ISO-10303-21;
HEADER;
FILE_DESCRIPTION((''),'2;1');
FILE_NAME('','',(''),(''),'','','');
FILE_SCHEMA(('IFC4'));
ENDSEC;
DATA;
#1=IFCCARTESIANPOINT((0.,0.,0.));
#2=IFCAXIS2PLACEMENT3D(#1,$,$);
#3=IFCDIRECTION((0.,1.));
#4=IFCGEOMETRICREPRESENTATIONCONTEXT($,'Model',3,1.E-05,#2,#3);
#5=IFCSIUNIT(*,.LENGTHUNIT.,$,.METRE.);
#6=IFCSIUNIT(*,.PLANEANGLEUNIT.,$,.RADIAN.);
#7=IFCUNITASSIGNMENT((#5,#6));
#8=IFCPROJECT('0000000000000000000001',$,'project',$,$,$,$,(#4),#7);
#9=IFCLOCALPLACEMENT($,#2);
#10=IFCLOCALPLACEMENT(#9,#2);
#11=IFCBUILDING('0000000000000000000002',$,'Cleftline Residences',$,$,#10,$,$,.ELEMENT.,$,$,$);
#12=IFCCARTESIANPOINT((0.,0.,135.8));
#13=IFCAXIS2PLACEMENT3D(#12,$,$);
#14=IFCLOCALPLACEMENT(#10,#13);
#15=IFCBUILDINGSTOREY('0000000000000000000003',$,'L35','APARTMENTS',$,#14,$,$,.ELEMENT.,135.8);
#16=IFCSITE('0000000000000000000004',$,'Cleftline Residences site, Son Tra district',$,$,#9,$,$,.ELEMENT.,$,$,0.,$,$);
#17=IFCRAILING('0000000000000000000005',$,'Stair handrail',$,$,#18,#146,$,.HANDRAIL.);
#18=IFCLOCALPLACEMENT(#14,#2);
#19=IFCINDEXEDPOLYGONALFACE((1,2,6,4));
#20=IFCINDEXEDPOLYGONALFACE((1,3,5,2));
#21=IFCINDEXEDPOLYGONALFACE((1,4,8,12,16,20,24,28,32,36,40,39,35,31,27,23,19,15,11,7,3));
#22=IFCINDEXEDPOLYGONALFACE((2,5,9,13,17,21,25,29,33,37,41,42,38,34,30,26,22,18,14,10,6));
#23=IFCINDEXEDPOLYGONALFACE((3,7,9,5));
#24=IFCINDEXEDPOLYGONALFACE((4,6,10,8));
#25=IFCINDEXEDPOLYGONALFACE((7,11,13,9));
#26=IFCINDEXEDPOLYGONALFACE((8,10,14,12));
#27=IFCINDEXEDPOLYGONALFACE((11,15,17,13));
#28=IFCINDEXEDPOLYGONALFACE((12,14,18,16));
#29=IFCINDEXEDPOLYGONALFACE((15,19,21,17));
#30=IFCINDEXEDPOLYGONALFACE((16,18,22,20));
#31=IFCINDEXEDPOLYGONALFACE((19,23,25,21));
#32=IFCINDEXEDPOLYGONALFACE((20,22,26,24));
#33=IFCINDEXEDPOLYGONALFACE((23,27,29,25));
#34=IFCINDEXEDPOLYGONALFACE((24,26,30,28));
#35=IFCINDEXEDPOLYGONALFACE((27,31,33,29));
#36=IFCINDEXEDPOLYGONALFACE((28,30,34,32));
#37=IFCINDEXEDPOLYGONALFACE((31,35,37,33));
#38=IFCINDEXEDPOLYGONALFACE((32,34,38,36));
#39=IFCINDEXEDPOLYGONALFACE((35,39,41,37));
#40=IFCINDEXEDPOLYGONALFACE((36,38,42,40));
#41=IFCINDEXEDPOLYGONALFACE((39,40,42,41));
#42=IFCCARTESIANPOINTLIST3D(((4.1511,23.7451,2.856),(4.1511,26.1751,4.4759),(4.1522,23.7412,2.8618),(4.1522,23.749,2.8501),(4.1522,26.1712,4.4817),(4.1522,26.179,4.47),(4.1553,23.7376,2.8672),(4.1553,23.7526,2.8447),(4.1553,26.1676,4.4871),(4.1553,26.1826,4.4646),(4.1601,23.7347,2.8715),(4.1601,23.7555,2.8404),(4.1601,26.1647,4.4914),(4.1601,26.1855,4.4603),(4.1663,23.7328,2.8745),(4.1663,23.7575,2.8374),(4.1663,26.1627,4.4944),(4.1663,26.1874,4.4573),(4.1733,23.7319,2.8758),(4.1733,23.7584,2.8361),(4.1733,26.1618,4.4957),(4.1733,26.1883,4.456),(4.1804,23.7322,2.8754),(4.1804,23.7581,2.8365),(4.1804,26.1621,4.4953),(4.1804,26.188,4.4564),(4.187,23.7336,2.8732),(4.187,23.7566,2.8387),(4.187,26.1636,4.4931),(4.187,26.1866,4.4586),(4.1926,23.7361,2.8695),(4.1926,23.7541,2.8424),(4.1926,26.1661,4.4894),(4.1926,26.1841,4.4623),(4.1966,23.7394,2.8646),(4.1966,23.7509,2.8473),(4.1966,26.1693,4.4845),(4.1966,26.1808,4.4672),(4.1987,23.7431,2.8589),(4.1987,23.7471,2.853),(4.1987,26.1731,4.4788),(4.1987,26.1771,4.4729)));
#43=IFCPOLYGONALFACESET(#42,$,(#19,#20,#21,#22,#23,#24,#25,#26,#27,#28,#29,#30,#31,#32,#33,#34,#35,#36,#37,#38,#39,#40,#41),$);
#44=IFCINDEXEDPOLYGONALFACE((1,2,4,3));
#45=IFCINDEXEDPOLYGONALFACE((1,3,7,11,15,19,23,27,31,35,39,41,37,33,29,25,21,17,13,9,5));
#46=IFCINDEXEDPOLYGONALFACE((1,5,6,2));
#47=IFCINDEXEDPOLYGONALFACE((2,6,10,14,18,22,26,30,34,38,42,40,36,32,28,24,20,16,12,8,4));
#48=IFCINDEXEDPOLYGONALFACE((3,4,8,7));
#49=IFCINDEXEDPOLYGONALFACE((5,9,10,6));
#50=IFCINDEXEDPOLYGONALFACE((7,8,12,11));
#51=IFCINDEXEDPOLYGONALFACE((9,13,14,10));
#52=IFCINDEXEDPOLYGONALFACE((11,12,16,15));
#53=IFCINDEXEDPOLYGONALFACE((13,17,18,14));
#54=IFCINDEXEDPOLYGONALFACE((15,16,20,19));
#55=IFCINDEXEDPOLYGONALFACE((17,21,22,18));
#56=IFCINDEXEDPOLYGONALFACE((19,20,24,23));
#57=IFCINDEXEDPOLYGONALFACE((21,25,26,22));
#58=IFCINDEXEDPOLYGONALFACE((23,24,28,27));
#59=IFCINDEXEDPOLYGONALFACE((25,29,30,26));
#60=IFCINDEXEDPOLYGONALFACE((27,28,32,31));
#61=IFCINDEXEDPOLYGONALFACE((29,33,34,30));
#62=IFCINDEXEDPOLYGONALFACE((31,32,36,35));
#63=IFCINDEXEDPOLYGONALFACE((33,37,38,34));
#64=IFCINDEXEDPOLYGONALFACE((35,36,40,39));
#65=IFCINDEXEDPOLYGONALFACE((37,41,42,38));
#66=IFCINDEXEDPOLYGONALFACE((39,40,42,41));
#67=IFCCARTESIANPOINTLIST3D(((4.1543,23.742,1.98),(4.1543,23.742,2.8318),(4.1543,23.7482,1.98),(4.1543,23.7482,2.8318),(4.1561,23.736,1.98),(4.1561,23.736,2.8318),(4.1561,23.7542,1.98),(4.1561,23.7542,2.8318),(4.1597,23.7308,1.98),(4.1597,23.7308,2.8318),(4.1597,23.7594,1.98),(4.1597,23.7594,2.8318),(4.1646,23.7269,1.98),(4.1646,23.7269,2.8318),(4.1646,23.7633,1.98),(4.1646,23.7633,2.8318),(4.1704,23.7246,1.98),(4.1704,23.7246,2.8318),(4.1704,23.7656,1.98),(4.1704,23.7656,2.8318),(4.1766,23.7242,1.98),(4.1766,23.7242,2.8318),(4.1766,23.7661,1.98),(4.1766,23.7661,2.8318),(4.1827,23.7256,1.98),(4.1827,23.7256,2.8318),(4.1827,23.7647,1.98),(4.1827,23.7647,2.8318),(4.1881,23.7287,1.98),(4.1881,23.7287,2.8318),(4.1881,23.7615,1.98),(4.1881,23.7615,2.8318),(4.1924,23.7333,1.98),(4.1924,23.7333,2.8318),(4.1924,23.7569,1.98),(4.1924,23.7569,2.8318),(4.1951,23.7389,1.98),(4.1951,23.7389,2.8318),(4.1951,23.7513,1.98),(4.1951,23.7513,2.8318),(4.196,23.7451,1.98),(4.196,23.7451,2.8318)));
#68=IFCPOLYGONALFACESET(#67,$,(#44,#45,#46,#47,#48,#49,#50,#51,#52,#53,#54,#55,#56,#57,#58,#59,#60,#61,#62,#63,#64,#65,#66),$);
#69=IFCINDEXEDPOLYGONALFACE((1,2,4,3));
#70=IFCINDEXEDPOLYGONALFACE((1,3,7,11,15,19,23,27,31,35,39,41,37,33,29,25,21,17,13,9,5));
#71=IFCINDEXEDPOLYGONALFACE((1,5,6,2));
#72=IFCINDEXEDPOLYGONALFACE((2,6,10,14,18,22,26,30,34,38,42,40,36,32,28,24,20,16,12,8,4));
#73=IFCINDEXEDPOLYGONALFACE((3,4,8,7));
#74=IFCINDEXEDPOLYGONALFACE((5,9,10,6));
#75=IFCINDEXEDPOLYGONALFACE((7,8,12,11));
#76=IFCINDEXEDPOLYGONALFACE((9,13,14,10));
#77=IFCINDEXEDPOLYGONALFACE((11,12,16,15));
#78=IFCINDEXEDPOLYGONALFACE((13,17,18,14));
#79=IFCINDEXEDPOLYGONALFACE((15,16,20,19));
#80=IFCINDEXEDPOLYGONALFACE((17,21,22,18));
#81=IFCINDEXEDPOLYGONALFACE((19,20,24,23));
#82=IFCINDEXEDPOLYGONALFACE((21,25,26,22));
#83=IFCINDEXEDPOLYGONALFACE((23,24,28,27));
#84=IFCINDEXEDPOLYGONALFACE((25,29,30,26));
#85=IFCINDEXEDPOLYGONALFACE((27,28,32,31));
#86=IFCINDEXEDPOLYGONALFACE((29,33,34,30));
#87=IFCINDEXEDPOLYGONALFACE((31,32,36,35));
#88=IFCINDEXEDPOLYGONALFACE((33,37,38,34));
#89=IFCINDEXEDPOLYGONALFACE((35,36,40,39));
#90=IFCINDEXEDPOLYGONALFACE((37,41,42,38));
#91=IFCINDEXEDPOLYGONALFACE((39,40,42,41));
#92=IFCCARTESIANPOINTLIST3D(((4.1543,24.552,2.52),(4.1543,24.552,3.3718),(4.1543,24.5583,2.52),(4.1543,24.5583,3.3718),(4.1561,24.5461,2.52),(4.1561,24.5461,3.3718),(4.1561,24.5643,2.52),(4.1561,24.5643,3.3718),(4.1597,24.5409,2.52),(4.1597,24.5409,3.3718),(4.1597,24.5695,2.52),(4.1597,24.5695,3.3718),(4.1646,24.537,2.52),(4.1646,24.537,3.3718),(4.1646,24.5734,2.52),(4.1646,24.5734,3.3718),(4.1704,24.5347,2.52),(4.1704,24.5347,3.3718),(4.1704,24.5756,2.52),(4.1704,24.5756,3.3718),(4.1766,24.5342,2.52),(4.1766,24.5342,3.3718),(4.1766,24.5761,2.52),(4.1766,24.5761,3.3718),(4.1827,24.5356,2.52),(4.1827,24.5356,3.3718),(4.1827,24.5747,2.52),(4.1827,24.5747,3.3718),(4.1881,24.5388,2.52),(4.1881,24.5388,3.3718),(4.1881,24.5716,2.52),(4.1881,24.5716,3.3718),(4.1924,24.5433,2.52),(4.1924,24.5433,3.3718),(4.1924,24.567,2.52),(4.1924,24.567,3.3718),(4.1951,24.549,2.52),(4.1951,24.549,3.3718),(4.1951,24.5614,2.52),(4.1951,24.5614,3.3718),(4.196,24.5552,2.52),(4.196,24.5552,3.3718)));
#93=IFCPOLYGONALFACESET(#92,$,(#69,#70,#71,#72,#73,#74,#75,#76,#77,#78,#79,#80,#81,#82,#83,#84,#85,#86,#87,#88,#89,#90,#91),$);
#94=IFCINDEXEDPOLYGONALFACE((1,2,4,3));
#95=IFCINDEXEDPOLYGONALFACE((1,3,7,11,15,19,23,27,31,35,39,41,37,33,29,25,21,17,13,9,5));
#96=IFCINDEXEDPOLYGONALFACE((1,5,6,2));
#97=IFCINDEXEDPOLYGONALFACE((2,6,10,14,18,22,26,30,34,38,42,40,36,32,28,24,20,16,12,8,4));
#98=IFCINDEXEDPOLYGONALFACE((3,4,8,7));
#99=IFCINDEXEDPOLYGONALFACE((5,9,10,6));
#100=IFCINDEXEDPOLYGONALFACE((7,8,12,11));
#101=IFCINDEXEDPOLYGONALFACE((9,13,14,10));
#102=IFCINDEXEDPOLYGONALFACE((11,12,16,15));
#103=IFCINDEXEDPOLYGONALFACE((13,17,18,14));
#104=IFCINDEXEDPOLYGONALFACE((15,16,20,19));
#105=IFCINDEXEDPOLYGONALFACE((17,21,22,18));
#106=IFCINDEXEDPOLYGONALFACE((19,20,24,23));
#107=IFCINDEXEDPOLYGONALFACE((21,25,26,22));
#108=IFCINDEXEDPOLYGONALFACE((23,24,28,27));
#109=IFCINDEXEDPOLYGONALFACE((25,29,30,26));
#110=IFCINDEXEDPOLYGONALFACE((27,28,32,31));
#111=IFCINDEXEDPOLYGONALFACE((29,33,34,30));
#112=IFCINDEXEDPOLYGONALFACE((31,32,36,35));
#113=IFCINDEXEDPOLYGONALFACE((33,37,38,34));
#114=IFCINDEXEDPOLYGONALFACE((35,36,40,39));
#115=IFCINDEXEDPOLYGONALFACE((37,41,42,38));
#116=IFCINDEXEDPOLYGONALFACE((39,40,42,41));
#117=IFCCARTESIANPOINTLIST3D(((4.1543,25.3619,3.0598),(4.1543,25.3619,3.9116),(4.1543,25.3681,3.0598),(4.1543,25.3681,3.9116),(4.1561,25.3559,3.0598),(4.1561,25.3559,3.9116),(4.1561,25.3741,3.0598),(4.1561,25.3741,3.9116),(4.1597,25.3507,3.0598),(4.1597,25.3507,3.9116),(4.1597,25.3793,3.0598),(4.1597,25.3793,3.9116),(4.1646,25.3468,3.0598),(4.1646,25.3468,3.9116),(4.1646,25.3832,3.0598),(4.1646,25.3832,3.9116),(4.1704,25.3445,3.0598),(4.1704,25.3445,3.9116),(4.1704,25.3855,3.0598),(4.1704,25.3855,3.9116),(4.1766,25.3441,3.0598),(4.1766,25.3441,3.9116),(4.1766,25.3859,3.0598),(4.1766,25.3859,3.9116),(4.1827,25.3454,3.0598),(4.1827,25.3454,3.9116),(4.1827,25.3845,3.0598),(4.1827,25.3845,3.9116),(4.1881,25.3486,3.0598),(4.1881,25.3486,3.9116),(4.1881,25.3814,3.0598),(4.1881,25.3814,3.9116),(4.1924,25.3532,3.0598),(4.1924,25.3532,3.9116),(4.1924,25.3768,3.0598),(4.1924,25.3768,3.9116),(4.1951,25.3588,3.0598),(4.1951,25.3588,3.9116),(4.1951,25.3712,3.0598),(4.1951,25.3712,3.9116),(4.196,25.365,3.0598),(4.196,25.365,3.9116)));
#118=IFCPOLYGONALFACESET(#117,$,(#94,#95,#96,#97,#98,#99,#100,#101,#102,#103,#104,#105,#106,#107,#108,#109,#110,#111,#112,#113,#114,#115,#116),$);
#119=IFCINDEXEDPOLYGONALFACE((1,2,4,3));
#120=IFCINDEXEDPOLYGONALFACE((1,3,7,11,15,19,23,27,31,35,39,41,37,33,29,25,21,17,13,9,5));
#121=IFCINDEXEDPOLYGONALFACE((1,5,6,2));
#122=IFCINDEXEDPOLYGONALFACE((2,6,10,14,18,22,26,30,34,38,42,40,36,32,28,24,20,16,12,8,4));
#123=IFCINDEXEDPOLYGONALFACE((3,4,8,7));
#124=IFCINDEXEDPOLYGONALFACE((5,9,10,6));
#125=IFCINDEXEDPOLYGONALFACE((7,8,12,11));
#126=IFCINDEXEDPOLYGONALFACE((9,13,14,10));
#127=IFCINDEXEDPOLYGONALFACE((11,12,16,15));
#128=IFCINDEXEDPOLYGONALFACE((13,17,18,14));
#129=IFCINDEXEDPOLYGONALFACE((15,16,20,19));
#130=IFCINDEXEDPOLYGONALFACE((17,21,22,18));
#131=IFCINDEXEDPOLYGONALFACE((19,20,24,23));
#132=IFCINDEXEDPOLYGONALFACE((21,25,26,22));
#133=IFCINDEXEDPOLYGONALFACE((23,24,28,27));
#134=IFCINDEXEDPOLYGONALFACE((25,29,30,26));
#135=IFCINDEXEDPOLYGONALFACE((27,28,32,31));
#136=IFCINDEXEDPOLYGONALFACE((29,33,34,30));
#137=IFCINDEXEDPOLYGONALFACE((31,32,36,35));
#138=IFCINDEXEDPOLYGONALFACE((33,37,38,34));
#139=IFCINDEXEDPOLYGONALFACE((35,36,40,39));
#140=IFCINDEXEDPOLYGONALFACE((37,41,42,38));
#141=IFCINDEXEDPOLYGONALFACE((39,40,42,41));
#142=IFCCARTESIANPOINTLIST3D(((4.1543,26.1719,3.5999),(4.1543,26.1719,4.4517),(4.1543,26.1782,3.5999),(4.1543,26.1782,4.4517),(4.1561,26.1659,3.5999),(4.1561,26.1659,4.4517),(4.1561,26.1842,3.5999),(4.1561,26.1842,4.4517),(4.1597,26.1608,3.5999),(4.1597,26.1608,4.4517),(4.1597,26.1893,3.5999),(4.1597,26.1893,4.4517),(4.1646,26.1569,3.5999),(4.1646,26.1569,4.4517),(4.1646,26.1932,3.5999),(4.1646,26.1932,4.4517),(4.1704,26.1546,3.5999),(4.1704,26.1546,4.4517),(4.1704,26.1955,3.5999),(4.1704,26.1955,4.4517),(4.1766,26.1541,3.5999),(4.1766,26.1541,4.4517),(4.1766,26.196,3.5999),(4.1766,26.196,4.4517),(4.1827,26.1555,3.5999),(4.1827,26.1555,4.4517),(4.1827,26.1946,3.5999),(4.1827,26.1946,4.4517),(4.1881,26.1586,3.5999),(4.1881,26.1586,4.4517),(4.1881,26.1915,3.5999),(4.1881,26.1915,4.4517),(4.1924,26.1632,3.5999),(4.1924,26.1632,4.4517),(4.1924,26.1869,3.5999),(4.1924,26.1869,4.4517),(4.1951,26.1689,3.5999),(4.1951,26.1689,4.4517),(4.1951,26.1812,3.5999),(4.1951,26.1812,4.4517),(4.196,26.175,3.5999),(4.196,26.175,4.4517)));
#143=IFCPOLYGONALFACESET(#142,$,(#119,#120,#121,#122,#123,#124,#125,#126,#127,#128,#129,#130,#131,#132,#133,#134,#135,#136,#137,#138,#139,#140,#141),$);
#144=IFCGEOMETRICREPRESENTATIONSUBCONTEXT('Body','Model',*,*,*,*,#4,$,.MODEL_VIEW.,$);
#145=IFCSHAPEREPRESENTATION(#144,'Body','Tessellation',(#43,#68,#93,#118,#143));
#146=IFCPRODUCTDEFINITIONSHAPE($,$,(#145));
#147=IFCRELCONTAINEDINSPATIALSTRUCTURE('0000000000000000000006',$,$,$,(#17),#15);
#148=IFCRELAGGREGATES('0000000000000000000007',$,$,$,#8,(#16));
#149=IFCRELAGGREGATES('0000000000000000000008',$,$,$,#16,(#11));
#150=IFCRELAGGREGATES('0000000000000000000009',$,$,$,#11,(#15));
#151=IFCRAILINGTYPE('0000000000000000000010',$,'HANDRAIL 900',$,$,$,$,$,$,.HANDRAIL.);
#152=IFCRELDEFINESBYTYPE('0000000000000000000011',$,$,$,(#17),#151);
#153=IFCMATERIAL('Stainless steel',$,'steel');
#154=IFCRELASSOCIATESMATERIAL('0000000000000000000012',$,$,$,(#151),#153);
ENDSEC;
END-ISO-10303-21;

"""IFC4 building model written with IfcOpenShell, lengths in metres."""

from ifc_helpers import new_model, si_unit, direction, frame, origin, origin_2d, place, context, subcontext, project, spatial, circle, extrude, material, type_object, element, save


model = new_model("IFC4")

# Units and contexts
model_context = context("Model", 3, precision=1e-05, world=origin(), true_north=direction((0.0, 1.0)))
body_context = subcontext(model_context, "Body", "Model", "MODEL_VIEW")
ifc_project = project(units=[si_unit("LENGTHUNIT", "METRE"), si_unit("PLANEANGLEUNIT", "RADIAN")], contexts=[model_context])

# Site, building, storey
site_placement = place(None, origin())
site = spatial("IfcSite", under=ifc_project, at=site_placement, Name="Cleftline Residences site, Son Tra district", CompositionType="ELEMENT", RefElevation=0.0)
building_placement = place(site_placement, origin())
building = spatial("IfcBuilding", under=site, at=building_placement, Name="Cleftline Residences", CompositionType="ELEMENT")
storey_placement = place(building_placement, frame((0.0, 0.0, 135.8)))
storey = spatial("IfcBuildingStorey", under=building, at=storey_placement, Name="L35", Description="APARTMENTS", CompositionType="ELEMENT", Elevation=135.8)

# Railing
ifc_material_1 = material(Name="Stainless steel", Category="steel")
railing_type = type_object("IfcRailingType", Name="HANDRAIL 900", PredefinedType="HANDRAIL", material=ifc_material_1)
railing_1_placement = place(storey_placement, frame((4.175, 23.7451, 1.98)))
element("IfcRailing", 1, at=railing_1_placement, inside=storey, type_object=railing_type, Name="Stair handrail", PredefinedType="HANDRAIL", context=body_context, shape_type="SweptSolid", body=[
    extrude(circle(Radius=0.0239, at=origin_2d()), frame((0.0, 0.0, 0.876), z_axis=(0.0, 0.832063, 0.554681), x_axis=(-1.0, 0.0, 0.0)), (0.0, 0.0, 1.0), 2.9204),
    extrude(circle(Radius=0.021, at=origin_2d()), origin(), (0.0, 0.0, 1.0), 0.8518),
    extrude(circle(Radius=0.021, at=origin_2d()), frame((0.0, 0.8101, 0.54)), (0.0, 0.0, 1.0), 0.8518),
    extrude(circle(Radius=0.021, at=origin_2d()), frame((0.0, 1.6199, 1.0798)), (0.0, 0.0, 1.0), 0.8518),
    extrude(circle(Radius=0.021, at=origin_2d()), frame((0.0, 2.4299, 1.6199)), (0.0, 0.0, 1.0), 0.8518),
])

save(model, "model.ifc")
